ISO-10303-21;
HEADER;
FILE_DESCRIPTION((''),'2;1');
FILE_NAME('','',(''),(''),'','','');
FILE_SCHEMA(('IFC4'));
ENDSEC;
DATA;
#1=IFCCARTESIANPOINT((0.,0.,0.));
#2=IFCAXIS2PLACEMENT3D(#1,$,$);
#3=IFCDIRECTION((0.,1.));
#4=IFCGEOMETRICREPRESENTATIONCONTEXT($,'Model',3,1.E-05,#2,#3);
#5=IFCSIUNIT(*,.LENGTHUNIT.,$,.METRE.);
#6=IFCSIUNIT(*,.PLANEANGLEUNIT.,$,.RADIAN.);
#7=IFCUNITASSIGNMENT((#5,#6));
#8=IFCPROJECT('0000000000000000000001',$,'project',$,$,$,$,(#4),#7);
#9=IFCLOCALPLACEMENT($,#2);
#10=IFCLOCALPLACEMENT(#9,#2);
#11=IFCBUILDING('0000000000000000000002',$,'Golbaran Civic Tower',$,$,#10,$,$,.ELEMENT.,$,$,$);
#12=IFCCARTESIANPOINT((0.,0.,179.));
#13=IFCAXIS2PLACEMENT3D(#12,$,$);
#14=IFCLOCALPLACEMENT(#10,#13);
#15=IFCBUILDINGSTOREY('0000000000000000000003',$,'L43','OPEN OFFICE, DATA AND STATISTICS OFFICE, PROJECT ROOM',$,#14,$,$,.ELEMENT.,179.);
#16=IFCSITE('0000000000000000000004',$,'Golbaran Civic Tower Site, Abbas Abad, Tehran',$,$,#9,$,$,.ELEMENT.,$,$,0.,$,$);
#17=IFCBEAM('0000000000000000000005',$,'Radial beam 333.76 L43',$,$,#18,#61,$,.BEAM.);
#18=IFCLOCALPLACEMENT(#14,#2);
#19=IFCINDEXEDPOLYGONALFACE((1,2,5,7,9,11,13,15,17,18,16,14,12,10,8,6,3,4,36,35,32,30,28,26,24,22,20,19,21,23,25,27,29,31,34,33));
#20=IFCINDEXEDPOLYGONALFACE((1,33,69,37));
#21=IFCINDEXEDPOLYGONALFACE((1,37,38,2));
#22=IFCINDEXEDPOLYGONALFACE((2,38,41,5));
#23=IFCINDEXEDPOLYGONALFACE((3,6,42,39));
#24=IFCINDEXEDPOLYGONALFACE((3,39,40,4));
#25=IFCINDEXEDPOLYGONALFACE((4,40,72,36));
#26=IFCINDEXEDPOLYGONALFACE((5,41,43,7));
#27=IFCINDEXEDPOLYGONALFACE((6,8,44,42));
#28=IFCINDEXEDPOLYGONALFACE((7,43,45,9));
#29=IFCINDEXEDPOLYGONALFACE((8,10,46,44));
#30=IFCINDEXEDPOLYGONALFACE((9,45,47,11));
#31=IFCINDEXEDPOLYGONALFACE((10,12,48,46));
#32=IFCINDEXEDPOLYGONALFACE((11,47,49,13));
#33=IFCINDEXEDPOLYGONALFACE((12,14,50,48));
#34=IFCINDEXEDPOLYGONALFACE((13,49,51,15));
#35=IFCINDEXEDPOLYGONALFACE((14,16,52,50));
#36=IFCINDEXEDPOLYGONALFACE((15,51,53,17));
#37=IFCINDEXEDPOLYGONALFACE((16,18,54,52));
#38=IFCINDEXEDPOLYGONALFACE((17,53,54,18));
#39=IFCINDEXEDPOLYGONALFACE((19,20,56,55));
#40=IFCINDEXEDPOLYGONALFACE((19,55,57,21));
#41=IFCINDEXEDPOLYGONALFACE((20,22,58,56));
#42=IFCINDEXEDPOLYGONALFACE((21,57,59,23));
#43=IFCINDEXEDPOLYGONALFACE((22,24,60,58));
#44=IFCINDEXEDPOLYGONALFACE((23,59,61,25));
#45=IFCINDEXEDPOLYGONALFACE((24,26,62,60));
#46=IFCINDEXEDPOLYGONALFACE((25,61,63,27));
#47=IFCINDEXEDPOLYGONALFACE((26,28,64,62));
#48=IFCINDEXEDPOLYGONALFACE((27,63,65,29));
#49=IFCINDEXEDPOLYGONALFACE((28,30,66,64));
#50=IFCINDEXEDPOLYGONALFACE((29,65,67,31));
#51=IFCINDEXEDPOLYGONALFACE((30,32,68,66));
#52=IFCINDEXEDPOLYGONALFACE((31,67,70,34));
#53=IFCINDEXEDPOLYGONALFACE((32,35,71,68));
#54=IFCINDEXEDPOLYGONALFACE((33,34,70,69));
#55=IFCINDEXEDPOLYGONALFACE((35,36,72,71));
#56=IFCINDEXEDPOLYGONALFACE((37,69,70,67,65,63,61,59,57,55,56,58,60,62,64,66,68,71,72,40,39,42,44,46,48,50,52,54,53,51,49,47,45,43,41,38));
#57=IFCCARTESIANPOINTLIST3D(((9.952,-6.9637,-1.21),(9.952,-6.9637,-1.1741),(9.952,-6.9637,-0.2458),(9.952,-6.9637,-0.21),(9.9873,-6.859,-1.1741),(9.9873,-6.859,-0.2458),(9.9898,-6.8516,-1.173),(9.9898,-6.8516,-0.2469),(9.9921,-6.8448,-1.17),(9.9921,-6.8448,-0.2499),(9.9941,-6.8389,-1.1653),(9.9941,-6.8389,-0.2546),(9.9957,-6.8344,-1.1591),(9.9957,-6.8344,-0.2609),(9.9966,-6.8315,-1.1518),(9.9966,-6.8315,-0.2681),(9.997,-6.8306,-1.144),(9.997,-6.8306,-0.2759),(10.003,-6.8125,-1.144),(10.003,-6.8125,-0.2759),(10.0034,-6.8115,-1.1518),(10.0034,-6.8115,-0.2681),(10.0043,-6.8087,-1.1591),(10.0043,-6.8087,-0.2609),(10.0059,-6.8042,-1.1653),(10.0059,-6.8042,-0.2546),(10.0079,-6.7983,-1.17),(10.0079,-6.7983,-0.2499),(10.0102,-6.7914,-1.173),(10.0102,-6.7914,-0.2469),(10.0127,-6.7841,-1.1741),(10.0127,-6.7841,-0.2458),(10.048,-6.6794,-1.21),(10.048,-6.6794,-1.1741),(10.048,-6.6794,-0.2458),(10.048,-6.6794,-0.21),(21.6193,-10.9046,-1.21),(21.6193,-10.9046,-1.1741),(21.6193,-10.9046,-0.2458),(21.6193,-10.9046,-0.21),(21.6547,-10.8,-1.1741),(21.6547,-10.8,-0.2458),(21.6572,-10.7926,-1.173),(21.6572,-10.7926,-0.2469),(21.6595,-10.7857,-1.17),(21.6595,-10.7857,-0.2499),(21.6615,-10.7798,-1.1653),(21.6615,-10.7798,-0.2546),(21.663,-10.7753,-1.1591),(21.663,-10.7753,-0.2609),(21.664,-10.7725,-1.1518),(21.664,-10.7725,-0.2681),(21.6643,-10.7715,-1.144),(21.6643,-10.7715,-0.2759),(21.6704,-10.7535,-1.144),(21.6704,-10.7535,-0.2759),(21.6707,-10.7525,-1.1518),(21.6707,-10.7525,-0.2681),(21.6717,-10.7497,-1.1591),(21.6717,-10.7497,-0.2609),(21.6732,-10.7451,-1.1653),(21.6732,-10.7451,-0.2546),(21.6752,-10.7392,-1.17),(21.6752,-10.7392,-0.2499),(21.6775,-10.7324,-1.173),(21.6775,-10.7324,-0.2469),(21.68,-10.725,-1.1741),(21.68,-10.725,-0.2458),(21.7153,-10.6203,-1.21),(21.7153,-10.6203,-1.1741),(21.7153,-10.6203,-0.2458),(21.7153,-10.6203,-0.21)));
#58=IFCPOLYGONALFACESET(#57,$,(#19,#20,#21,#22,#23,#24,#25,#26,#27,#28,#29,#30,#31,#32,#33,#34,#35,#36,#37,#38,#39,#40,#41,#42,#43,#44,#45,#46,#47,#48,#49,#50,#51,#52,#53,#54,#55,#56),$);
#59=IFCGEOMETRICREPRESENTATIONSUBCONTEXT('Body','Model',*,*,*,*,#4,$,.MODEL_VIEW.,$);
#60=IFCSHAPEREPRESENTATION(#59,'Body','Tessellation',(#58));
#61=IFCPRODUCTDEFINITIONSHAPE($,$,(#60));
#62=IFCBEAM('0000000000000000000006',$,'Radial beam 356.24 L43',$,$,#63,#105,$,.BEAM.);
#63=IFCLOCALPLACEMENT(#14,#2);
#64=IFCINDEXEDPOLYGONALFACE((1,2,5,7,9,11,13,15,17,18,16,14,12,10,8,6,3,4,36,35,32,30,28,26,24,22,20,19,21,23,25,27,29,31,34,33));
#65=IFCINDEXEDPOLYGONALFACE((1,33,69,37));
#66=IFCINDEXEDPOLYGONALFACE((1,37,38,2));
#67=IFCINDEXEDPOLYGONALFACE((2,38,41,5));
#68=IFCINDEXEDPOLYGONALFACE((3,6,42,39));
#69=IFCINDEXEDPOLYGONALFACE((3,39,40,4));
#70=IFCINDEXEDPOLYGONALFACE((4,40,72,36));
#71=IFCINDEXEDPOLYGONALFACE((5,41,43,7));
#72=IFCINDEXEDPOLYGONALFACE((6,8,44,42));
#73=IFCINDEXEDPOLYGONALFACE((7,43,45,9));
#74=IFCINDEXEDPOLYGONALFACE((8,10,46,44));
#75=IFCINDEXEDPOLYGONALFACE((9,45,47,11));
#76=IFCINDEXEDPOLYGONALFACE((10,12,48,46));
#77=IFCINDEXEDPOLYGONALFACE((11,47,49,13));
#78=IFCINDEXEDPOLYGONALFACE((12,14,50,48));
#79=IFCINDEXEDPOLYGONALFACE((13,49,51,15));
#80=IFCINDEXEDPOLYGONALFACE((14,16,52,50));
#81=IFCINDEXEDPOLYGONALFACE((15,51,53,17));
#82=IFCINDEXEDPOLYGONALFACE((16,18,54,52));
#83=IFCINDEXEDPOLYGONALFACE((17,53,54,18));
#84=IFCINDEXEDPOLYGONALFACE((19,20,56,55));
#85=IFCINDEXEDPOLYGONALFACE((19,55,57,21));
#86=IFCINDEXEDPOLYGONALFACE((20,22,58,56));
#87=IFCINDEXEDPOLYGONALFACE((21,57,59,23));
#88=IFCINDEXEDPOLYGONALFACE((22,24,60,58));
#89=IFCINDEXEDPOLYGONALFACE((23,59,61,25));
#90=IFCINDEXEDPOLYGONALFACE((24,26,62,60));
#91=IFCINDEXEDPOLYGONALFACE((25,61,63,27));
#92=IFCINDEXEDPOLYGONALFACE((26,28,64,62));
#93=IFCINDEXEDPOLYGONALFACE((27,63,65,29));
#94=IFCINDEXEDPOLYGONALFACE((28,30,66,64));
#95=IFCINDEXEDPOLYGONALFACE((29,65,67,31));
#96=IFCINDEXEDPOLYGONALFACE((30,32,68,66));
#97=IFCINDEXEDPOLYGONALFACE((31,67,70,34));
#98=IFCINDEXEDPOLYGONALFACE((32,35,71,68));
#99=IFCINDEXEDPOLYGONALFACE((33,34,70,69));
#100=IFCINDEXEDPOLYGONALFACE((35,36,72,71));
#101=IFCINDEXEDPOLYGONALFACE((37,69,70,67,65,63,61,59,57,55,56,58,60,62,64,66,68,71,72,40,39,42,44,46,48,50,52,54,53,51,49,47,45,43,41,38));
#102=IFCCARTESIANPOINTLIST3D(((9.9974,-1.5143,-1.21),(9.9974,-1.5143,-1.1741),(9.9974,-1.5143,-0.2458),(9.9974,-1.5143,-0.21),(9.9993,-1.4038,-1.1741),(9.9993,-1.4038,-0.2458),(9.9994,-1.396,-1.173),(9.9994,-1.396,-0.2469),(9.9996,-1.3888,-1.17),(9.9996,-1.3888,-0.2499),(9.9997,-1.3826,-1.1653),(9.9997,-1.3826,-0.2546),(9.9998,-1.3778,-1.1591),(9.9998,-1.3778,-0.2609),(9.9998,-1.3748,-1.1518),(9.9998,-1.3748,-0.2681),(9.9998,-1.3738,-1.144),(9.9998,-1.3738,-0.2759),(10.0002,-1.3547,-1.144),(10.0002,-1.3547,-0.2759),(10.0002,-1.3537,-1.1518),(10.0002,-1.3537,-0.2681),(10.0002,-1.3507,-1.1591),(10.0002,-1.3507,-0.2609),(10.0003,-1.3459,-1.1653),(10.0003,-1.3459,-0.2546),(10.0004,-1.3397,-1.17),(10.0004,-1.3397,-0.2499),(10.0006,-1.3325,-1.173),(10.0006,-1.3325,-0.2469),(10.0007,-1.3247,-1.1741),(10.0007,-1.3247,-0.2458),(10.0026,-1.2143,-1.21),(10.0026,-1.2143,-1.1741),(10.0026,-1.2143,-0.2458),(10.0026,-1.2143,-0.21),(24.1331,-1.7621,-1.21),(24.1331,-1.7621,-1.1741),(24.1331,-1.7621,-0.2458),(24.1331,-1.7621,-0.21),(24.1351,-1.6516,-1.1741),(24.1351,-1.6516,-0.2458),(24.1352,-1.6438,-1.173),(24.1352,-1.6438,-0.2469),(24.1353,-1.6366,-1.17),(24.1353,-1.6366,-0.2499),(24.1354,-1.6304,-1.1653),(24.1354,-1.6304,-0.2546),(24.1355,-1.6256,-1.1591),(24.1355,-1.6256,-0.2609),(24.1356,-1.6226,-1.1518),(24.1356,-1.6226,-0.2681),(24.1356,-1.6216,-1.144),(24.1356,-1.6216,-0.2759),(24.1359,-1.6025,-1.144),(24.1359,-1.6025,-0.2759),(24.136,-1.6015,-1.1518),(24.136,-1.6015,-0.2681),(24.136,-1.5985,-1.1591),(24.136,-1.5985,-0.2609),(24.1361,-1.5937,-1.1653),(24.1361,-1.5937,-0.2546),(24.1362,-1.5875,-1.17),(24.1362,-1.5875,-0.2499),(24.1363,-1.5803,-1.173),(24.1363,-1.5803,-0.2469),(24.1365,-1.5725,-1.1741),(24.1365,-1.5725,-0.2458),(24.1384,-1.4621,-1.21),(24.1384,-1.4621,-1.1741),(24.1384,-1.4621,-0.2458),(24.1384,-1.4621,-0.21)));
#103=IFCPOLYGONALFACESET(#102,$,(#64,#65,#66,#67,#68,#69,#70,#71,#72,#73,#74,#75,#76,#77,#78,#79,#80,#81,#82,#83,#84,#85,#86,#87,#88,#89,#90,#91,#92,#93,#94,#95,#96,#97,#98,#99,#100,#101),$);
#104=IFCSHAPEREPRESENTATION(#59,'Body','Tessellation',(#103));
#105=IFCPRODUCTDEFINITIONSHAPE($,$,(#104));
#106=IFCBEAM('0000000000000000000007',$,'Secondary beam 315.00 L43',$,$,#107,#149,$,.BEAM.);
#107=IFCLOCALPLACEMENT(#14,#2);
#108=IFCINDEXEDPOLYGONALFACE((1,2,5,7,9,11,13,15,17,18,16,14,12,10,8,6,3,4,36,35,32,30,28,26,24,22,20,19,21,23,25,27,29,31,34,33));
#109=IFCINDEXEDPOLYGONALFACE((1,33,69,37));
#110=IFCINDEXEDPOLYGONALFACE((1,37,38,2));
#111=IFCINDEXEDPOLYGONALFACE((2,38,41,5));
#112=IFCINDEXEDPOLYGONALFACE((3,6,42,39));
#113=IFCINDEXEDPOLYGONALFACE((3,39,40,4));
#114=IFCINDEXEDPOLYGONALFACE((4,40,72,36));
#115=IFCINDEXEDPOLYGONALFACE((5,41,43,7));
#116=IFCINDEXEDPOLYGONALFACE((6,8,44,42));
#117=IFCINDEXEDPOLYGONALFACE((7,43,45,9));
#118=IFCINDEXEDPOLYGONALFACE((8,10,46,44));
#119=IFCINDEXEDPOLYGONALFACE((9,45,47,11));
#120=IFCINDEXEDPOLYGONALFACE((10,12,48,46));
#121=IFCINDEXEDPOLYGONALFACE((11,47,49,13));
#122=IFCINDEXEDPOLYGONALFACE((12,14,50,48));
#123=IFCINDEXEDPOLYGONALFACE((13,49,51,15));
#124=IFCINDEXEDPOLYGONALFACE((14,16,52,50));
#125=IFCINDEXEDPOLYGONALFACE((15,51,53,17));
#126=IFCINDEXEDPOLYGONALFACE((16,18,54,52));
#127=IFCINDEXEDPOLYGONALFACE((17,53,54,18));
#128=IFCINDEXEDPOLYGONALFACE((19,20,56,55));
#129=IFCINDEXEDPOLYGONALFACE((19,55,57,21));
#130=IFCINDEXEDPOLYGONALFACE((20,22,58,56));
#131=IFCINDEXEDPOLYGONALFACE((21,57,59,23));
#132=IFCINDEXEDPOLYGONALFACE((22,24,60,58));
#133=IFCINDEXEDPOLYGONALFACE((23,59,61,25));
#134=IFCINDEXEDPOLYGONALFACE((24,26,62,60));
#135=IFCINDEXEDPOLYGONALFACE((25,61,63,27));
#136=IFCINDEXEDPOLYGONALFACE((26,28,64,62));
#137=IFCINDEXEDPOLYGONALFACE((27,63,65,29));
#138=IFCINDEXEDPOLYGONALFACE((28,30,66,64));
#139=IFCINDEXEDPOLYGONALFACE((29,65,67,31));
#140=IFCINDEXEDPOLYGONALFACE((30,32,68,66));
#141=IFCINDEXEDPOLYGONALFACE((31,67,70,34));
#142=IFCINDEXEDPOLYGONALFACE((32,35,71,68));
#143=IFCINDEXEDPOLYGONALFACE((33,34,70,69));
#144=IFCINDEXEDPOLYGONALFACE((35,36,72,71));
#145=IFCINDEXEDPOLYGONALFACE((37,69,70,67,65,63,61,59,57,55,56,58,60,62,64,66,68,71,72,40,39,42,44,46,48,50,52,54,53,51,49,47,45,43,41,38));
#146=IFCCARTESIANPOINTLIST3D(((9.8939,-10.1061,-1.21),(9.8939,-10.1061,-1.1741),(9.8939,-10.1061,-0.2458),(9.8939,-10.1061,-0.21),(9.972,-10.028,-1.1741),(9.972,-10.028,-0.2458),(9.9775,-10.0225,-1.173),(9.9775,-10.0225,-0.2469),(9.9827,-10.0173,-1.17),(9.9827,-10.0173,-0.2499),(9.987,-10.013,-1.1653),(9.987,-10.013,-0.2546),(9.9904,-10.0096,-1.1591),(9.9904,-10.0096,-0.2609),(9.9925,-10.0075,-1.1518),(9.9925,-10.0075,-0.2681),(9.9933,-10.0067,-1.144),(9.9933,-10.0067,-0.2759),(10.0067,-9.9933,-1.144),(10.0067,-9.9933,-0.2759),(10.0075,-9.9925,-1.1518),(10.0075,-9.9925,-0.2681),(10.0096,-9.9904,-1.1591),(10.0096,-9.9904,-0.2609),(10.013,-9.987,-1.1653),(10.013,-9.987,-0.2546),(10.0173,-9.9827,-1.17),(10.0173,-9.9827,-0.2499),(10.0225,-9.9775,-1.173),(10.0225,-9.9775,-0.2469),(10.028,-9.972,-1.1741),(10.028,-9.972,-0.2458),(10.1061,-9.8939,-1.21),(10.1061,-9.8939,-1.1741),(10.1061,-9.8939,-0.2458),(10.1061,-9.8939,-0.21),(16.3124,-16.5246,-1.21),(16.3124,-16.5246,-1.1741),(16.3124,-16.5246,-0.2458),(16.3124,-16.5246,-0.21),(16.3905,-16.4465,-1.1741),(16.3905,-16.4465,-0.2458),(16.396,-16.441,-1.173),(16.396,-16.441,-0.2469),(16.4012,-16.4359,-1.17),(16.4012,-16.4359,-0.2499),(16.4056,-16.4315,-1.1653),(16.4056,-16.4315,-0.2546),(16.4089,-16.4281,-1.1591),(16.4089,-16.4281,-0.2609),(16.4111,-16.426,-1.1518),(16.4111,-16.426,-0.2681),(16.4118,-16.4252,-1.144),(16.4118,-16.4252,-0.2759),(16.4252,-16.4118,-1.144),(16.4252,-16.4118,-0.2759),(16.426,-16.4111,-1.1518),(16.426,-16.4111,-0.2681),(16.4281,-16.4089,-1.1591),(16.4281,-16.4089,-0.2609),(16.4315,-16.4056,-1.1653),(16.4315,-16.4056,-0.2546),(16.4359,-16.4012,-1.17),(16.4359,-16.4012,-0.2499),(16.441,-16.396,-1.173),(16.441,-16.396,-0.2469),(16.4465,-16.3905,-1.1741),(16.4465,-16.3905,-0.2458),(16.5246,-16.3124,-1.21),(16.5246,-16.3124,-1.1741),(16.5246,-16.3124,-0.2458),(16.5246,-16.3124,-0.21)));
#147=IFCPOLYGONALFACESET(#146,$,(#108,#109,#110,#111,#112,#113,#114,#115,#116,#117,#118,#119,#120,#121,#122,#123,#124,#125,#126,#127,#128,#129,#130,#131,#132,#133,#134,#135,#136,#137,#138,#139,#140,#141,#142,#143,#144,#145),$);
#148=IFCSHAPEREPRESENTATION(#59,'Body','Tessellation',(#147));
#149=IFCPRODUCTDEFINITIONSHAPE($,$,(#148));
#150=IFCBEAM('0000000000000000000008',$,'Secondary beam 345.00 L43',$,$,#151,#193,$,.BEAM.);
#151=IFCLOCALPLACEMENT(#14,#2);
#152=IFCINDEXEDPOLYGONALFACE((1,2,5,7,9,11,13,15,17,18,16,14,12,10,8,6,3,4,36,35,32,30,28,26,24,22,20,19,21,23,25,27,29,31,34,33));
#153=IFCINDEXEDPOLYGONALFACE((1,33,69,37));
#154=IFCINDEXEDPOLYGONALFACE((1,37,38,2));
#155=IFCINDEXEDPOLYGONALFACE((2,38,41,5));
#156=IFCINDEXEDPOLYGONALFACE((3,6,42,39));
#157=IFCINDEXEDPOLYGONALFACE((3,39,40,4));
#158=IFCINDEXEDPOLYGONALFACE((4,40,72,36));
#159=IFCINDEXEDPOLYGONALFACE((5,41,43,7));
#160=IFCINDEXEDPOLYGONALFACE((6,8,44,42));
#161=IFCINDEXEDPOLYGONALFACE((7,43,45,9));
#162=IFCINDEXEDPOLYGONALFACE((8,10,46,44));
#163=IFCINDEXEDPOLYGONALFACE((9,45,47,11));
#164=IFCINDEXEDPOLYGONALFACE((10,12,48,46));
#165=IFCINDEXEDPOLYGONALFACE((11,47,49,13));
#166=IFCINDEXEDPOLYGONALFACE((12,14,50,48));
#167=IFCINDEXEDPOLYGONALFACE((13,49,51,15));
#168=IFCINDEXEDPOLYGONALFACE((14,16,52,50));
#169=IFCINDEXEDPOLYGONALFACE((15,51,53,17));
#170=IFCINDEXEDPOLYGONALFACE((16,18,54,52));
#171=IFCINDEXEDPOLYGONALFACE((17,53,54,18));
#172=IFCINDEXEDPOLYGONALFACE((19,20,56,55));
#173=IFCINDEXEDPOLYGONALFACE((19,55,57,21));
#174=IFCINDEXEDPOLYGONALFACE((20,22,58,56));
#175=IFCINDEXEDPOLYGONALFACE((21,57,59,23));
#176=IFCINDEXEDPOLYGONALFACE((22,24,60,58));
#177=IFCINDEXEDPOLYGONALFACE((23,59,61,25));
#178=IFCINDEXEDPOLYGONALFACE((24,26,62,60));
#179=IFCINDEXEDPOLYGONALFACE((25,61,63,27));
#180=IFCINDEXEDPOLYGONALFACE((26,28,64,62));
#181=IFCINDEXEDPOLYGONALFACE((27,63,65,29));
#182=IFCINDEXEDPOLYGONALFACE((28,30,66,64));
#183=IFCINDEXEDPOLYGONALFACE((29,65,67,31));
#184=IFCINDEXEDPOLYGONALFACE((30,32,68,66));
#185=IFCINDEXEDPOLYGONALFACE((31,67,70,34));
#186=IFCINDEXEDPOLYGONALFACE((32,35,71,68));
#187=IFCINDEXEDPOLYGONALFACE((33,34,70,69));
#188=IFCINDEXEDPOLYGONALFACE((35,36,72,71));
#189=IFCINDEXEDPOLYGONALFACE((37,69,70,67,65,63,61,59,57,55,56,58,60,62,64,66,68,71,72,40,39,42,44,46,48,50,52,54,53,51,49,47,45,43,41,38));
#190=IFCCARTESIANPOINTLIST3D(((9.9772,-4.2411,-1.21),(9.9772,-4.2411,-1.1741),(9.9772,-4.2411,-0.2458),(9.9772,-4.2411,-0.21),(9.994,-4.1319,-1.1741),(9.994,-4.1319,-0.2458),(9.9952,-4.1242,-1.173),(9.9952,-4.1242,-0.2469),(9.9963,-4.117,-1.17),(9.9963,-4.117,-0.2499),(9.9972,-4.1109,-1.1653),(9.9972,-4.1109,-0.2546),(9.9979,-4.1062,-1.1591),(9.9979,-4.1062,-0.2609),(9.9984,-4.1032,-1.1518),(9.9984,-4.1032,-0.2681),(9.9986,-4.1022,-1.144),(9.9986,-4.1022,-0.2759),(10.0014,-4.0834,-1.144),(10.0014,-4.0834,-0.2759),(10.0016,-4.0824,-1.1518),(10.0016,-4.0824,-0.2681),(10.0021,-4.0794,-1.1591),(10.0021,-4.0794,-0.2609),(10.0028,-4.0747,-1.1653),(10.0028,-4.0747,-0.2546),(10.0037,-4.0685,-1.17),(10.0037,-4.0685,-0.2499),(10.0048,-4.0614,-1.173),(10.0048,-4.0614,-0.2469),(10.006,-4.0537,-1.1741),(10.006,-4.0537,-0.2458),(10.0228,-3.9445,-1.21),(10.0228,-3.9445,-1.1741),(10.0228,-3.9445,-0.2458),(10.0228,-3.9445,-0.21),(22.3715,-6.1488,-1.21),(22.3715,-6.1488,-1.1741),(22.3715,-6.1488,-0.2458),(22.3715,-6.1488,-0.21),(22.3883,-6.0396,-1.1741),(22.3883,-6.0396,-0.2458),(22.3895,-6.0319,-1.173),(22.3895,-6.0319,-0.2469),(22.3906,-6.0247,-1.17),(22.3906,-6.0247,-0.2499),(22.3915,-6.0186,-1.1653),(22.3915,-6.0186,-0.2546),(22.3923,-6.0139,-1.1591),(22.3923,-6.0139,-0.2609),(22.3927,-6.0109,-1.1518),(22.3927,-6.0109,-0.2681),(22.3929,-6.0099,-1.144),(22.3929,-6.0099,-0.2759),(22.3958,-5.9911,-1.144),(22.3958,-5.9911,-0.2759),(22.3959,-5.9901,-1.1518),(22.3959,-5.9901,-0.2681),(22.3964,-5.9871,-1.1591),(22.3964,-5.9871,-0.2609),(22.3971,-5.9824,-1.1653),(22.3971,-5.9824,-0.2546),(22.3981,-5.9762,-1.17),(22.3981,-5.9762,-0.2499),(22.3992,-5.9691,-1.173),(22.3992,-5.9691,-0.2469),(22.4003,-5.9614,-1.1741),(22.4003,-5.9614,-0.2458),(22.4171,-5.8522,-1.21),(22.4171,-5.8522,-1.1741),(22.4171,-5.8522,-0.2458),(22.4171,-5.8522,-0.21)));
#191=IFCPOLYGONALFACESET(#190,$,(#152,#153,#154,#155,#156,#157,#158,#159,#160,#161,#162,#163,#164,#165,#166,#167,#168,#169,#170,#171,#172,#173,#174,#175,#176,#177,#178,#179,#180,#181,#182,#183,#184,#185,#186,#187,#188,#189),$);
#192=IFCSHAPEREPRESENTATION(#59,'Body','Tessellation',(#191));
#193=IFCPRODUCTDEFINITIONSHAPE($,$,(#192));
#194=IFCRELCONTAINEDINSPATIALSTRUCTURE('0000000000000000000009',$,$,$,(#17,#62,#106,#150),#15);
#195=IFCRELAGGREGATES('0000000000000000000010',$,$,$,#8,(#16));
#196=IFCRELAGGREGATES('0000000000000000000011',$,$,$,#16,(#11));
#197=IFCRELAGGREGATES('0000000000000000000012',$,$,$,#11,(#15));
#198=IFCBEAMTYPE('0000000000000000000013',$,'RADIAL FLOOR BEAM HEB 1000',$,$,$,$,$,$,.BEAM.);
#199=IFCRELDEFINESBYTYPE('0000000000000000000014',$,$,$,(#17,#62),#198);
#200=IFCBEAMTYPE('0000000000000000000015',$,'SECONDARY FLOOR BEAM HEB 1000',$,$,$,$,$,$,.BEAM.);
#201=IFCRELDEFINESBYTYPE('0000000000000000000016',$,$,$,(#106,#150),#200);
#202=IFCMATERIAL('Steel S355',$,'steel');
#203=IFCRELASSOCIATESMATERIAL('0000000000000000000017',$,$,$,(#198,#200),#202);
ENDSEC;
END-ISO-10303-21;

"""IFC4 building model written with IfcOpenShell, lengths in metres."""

from ifc_helpers import new_model, si_unit, direction, frame, origin, origin_2d, place, context, subcontext, project, spatial, i_section, extrude, material, material_profile, profile_set, type_object, element, save


model = new_model("IFC4")

# Units and contexts
model_context = context("Model", 3, precision=1e-05, world=origin(), true_north=direction((0.0, 1.0)))
body_context = subcontext(model_context, "Body", "Model", "MODEL_VIEW")
ifc_project = project(units=[si_unit("LENGTHUNIT", "METRE"), si_unit("PLANEANGLEUNIT", "RADIAN")], contexts=[model_context])

# Site, building, storey
site_placement = place(None, origin())
site = spatial("IfcSite", under=ifc_project, at=site_placement, Name="Golbaran Civic Tower Site, Abbas Abad, Tehran", CompositionType="ELEMENT", RefElevation=0.0)
building_placement = place(site_placement, origin())
building = spatial("IfcBuilding", under=site, at=building_placement, Name="Golbaran Civic Tower", CompositionType="ELEMENT")
storey_placement = place(building_placement, frame((0.0, 0.0, 179.0)))
storey = spatial("IfcBuildingStorey", under=building, at=storey_placement, Name="L43", Description="OPEN OFFICE, DATA AND STATISTICS OFFICE, PROJECT ROOM", CompositionType="ELEMENT", Elevation=179.0)

# Beams
ifc_material_1 = material(Name="Steel S355", Category="steel")
ifc_material_profile_1 = material_profile(ifc_material_1, i_section(OverallWidth=0.3, OverallDepth=1.0, WebThickness=0.019, FlangeThickness=0.0359, FilletRadius=0.03, at=origin_2d()), Name="HEB 1000")
ifc_profile_set_1 = profile_set([ifc_material_profile_1], Name="Steel S355")
beam_type_1 = type_object("IfcBeamType", Name="RADIAL FLOOR BEAM HEB 1000", PredefinedType="BEAM", material=ifc_profile_set_1)
beam_1_placement = place(storey_placement, frame((10.0, -6.8215, -0.71), z_axis=(0.947413, -0.320014, 0.0), x_axis=(0.320014, 0.947413, 0.0)))
element("IfcBeam", 1, at=beam_1_placement, inside=storey, type_object=beam_type_1, Name="Radial beam 333.76 L43", PredefinedType="BEAM", context=body_context, shape_type="SweptSolid", body=[
    extrude(i_section(OverallWidth=0.3, OverallDepth=1.0, WebThickness=0.019, FlangeThickness=0.0359, FilletRadius=0.03, at=origin_2d()), origin(), (0.0, 0.0, 1.0), 12.3149),
])
beam_2_placement = place(storey_placement, frame((10.0, -1.3643, -0.71), z_axis=(0.999846, -0.017528, 0.0), x_axis=(0.017528, 0.999846, 0.0)))
element("IfcBeam", 2, at=beam_2_placement, inside=storey, type_object=beam_type_1, Name="Radial beam 356.24 L43", PredefinedType="BEAM", context=body_context, shape_type="SweptSolid", body=[
    extrude(i_section(OverallWidth=0.3, OverallDepth=1.0, WebThickness=0.019, FlangeThickness=0.0359, FilletRadius=0.03, at=origin_2d()), origin(), (0.0, 0.0, 1.0), 14.1379),
])
ifc_material_profile_2 = material_profile(ifc_material_1, i_section(OverallWidth=0.3, OverallDepth=1.0, WebThickness=0.019, FlangeThickness=0.0359, FilletRadius=0.03, at=origin_2d()), Name="HEB 1000")
ifc_profile_set_2 = profile_set([ifc_material_profile_2], Name="Steel S355")
beam_type_2 = type_object("IfcBeamType", Name="SECONDARY FLOOR BEAM HEB 1000", PredefinedType="BEAM", material=ifc_profile_set_2)
beam_3_placement = place(storey_placement, frame((10.0, -10.0, -0.71), z_axis=(0.707107, -0.707107, 0.0), x_axis=(0.707107, 0.707107, 0.0)))
element("IfcBeam", 3, at=beam_3_placement, inside=storey, type_object=beam_type_2, Name="Secondary beam 315.00 L43", PredefinedType="BEAM", context=body_context, shape_type="SweptSolid", body=[
    extrude(i_section(OverallWidth=0.3, OverallDepth=1.0, WebThickness=0.019, FlangeThickness=0.0359, FilletRadius=0.03, at=origin_2d()), origin(), (0.0, 0.0, 1.0), 9.0771),
])
beam_4_placement = place(storey_placement, frame((10.0, -4.0928, -0.71), z_axis=(0.988361, -0.152127, 0.0), x_axis=(0.152127, 0.988361, 0.0)))
element("IfcBeam", 4, at=beam_4_placement, inside=storey, type_object=beam_type_2, Name="Secondary beam 345.00 L43", PredefinedType="BEAM", context=body_context, shape_type="SweptSolid", body=[
    extrude(i_section(OverallWidth=0.3, OverallDepth=1.0, WebThickness=0.019, FlangeThickness=0.0359, FilletRadius=0.03, at=origin_2d()), origin(), (0.0, 0.0, 1.0), 12.5403),
])

save(model, "model.ifc")
